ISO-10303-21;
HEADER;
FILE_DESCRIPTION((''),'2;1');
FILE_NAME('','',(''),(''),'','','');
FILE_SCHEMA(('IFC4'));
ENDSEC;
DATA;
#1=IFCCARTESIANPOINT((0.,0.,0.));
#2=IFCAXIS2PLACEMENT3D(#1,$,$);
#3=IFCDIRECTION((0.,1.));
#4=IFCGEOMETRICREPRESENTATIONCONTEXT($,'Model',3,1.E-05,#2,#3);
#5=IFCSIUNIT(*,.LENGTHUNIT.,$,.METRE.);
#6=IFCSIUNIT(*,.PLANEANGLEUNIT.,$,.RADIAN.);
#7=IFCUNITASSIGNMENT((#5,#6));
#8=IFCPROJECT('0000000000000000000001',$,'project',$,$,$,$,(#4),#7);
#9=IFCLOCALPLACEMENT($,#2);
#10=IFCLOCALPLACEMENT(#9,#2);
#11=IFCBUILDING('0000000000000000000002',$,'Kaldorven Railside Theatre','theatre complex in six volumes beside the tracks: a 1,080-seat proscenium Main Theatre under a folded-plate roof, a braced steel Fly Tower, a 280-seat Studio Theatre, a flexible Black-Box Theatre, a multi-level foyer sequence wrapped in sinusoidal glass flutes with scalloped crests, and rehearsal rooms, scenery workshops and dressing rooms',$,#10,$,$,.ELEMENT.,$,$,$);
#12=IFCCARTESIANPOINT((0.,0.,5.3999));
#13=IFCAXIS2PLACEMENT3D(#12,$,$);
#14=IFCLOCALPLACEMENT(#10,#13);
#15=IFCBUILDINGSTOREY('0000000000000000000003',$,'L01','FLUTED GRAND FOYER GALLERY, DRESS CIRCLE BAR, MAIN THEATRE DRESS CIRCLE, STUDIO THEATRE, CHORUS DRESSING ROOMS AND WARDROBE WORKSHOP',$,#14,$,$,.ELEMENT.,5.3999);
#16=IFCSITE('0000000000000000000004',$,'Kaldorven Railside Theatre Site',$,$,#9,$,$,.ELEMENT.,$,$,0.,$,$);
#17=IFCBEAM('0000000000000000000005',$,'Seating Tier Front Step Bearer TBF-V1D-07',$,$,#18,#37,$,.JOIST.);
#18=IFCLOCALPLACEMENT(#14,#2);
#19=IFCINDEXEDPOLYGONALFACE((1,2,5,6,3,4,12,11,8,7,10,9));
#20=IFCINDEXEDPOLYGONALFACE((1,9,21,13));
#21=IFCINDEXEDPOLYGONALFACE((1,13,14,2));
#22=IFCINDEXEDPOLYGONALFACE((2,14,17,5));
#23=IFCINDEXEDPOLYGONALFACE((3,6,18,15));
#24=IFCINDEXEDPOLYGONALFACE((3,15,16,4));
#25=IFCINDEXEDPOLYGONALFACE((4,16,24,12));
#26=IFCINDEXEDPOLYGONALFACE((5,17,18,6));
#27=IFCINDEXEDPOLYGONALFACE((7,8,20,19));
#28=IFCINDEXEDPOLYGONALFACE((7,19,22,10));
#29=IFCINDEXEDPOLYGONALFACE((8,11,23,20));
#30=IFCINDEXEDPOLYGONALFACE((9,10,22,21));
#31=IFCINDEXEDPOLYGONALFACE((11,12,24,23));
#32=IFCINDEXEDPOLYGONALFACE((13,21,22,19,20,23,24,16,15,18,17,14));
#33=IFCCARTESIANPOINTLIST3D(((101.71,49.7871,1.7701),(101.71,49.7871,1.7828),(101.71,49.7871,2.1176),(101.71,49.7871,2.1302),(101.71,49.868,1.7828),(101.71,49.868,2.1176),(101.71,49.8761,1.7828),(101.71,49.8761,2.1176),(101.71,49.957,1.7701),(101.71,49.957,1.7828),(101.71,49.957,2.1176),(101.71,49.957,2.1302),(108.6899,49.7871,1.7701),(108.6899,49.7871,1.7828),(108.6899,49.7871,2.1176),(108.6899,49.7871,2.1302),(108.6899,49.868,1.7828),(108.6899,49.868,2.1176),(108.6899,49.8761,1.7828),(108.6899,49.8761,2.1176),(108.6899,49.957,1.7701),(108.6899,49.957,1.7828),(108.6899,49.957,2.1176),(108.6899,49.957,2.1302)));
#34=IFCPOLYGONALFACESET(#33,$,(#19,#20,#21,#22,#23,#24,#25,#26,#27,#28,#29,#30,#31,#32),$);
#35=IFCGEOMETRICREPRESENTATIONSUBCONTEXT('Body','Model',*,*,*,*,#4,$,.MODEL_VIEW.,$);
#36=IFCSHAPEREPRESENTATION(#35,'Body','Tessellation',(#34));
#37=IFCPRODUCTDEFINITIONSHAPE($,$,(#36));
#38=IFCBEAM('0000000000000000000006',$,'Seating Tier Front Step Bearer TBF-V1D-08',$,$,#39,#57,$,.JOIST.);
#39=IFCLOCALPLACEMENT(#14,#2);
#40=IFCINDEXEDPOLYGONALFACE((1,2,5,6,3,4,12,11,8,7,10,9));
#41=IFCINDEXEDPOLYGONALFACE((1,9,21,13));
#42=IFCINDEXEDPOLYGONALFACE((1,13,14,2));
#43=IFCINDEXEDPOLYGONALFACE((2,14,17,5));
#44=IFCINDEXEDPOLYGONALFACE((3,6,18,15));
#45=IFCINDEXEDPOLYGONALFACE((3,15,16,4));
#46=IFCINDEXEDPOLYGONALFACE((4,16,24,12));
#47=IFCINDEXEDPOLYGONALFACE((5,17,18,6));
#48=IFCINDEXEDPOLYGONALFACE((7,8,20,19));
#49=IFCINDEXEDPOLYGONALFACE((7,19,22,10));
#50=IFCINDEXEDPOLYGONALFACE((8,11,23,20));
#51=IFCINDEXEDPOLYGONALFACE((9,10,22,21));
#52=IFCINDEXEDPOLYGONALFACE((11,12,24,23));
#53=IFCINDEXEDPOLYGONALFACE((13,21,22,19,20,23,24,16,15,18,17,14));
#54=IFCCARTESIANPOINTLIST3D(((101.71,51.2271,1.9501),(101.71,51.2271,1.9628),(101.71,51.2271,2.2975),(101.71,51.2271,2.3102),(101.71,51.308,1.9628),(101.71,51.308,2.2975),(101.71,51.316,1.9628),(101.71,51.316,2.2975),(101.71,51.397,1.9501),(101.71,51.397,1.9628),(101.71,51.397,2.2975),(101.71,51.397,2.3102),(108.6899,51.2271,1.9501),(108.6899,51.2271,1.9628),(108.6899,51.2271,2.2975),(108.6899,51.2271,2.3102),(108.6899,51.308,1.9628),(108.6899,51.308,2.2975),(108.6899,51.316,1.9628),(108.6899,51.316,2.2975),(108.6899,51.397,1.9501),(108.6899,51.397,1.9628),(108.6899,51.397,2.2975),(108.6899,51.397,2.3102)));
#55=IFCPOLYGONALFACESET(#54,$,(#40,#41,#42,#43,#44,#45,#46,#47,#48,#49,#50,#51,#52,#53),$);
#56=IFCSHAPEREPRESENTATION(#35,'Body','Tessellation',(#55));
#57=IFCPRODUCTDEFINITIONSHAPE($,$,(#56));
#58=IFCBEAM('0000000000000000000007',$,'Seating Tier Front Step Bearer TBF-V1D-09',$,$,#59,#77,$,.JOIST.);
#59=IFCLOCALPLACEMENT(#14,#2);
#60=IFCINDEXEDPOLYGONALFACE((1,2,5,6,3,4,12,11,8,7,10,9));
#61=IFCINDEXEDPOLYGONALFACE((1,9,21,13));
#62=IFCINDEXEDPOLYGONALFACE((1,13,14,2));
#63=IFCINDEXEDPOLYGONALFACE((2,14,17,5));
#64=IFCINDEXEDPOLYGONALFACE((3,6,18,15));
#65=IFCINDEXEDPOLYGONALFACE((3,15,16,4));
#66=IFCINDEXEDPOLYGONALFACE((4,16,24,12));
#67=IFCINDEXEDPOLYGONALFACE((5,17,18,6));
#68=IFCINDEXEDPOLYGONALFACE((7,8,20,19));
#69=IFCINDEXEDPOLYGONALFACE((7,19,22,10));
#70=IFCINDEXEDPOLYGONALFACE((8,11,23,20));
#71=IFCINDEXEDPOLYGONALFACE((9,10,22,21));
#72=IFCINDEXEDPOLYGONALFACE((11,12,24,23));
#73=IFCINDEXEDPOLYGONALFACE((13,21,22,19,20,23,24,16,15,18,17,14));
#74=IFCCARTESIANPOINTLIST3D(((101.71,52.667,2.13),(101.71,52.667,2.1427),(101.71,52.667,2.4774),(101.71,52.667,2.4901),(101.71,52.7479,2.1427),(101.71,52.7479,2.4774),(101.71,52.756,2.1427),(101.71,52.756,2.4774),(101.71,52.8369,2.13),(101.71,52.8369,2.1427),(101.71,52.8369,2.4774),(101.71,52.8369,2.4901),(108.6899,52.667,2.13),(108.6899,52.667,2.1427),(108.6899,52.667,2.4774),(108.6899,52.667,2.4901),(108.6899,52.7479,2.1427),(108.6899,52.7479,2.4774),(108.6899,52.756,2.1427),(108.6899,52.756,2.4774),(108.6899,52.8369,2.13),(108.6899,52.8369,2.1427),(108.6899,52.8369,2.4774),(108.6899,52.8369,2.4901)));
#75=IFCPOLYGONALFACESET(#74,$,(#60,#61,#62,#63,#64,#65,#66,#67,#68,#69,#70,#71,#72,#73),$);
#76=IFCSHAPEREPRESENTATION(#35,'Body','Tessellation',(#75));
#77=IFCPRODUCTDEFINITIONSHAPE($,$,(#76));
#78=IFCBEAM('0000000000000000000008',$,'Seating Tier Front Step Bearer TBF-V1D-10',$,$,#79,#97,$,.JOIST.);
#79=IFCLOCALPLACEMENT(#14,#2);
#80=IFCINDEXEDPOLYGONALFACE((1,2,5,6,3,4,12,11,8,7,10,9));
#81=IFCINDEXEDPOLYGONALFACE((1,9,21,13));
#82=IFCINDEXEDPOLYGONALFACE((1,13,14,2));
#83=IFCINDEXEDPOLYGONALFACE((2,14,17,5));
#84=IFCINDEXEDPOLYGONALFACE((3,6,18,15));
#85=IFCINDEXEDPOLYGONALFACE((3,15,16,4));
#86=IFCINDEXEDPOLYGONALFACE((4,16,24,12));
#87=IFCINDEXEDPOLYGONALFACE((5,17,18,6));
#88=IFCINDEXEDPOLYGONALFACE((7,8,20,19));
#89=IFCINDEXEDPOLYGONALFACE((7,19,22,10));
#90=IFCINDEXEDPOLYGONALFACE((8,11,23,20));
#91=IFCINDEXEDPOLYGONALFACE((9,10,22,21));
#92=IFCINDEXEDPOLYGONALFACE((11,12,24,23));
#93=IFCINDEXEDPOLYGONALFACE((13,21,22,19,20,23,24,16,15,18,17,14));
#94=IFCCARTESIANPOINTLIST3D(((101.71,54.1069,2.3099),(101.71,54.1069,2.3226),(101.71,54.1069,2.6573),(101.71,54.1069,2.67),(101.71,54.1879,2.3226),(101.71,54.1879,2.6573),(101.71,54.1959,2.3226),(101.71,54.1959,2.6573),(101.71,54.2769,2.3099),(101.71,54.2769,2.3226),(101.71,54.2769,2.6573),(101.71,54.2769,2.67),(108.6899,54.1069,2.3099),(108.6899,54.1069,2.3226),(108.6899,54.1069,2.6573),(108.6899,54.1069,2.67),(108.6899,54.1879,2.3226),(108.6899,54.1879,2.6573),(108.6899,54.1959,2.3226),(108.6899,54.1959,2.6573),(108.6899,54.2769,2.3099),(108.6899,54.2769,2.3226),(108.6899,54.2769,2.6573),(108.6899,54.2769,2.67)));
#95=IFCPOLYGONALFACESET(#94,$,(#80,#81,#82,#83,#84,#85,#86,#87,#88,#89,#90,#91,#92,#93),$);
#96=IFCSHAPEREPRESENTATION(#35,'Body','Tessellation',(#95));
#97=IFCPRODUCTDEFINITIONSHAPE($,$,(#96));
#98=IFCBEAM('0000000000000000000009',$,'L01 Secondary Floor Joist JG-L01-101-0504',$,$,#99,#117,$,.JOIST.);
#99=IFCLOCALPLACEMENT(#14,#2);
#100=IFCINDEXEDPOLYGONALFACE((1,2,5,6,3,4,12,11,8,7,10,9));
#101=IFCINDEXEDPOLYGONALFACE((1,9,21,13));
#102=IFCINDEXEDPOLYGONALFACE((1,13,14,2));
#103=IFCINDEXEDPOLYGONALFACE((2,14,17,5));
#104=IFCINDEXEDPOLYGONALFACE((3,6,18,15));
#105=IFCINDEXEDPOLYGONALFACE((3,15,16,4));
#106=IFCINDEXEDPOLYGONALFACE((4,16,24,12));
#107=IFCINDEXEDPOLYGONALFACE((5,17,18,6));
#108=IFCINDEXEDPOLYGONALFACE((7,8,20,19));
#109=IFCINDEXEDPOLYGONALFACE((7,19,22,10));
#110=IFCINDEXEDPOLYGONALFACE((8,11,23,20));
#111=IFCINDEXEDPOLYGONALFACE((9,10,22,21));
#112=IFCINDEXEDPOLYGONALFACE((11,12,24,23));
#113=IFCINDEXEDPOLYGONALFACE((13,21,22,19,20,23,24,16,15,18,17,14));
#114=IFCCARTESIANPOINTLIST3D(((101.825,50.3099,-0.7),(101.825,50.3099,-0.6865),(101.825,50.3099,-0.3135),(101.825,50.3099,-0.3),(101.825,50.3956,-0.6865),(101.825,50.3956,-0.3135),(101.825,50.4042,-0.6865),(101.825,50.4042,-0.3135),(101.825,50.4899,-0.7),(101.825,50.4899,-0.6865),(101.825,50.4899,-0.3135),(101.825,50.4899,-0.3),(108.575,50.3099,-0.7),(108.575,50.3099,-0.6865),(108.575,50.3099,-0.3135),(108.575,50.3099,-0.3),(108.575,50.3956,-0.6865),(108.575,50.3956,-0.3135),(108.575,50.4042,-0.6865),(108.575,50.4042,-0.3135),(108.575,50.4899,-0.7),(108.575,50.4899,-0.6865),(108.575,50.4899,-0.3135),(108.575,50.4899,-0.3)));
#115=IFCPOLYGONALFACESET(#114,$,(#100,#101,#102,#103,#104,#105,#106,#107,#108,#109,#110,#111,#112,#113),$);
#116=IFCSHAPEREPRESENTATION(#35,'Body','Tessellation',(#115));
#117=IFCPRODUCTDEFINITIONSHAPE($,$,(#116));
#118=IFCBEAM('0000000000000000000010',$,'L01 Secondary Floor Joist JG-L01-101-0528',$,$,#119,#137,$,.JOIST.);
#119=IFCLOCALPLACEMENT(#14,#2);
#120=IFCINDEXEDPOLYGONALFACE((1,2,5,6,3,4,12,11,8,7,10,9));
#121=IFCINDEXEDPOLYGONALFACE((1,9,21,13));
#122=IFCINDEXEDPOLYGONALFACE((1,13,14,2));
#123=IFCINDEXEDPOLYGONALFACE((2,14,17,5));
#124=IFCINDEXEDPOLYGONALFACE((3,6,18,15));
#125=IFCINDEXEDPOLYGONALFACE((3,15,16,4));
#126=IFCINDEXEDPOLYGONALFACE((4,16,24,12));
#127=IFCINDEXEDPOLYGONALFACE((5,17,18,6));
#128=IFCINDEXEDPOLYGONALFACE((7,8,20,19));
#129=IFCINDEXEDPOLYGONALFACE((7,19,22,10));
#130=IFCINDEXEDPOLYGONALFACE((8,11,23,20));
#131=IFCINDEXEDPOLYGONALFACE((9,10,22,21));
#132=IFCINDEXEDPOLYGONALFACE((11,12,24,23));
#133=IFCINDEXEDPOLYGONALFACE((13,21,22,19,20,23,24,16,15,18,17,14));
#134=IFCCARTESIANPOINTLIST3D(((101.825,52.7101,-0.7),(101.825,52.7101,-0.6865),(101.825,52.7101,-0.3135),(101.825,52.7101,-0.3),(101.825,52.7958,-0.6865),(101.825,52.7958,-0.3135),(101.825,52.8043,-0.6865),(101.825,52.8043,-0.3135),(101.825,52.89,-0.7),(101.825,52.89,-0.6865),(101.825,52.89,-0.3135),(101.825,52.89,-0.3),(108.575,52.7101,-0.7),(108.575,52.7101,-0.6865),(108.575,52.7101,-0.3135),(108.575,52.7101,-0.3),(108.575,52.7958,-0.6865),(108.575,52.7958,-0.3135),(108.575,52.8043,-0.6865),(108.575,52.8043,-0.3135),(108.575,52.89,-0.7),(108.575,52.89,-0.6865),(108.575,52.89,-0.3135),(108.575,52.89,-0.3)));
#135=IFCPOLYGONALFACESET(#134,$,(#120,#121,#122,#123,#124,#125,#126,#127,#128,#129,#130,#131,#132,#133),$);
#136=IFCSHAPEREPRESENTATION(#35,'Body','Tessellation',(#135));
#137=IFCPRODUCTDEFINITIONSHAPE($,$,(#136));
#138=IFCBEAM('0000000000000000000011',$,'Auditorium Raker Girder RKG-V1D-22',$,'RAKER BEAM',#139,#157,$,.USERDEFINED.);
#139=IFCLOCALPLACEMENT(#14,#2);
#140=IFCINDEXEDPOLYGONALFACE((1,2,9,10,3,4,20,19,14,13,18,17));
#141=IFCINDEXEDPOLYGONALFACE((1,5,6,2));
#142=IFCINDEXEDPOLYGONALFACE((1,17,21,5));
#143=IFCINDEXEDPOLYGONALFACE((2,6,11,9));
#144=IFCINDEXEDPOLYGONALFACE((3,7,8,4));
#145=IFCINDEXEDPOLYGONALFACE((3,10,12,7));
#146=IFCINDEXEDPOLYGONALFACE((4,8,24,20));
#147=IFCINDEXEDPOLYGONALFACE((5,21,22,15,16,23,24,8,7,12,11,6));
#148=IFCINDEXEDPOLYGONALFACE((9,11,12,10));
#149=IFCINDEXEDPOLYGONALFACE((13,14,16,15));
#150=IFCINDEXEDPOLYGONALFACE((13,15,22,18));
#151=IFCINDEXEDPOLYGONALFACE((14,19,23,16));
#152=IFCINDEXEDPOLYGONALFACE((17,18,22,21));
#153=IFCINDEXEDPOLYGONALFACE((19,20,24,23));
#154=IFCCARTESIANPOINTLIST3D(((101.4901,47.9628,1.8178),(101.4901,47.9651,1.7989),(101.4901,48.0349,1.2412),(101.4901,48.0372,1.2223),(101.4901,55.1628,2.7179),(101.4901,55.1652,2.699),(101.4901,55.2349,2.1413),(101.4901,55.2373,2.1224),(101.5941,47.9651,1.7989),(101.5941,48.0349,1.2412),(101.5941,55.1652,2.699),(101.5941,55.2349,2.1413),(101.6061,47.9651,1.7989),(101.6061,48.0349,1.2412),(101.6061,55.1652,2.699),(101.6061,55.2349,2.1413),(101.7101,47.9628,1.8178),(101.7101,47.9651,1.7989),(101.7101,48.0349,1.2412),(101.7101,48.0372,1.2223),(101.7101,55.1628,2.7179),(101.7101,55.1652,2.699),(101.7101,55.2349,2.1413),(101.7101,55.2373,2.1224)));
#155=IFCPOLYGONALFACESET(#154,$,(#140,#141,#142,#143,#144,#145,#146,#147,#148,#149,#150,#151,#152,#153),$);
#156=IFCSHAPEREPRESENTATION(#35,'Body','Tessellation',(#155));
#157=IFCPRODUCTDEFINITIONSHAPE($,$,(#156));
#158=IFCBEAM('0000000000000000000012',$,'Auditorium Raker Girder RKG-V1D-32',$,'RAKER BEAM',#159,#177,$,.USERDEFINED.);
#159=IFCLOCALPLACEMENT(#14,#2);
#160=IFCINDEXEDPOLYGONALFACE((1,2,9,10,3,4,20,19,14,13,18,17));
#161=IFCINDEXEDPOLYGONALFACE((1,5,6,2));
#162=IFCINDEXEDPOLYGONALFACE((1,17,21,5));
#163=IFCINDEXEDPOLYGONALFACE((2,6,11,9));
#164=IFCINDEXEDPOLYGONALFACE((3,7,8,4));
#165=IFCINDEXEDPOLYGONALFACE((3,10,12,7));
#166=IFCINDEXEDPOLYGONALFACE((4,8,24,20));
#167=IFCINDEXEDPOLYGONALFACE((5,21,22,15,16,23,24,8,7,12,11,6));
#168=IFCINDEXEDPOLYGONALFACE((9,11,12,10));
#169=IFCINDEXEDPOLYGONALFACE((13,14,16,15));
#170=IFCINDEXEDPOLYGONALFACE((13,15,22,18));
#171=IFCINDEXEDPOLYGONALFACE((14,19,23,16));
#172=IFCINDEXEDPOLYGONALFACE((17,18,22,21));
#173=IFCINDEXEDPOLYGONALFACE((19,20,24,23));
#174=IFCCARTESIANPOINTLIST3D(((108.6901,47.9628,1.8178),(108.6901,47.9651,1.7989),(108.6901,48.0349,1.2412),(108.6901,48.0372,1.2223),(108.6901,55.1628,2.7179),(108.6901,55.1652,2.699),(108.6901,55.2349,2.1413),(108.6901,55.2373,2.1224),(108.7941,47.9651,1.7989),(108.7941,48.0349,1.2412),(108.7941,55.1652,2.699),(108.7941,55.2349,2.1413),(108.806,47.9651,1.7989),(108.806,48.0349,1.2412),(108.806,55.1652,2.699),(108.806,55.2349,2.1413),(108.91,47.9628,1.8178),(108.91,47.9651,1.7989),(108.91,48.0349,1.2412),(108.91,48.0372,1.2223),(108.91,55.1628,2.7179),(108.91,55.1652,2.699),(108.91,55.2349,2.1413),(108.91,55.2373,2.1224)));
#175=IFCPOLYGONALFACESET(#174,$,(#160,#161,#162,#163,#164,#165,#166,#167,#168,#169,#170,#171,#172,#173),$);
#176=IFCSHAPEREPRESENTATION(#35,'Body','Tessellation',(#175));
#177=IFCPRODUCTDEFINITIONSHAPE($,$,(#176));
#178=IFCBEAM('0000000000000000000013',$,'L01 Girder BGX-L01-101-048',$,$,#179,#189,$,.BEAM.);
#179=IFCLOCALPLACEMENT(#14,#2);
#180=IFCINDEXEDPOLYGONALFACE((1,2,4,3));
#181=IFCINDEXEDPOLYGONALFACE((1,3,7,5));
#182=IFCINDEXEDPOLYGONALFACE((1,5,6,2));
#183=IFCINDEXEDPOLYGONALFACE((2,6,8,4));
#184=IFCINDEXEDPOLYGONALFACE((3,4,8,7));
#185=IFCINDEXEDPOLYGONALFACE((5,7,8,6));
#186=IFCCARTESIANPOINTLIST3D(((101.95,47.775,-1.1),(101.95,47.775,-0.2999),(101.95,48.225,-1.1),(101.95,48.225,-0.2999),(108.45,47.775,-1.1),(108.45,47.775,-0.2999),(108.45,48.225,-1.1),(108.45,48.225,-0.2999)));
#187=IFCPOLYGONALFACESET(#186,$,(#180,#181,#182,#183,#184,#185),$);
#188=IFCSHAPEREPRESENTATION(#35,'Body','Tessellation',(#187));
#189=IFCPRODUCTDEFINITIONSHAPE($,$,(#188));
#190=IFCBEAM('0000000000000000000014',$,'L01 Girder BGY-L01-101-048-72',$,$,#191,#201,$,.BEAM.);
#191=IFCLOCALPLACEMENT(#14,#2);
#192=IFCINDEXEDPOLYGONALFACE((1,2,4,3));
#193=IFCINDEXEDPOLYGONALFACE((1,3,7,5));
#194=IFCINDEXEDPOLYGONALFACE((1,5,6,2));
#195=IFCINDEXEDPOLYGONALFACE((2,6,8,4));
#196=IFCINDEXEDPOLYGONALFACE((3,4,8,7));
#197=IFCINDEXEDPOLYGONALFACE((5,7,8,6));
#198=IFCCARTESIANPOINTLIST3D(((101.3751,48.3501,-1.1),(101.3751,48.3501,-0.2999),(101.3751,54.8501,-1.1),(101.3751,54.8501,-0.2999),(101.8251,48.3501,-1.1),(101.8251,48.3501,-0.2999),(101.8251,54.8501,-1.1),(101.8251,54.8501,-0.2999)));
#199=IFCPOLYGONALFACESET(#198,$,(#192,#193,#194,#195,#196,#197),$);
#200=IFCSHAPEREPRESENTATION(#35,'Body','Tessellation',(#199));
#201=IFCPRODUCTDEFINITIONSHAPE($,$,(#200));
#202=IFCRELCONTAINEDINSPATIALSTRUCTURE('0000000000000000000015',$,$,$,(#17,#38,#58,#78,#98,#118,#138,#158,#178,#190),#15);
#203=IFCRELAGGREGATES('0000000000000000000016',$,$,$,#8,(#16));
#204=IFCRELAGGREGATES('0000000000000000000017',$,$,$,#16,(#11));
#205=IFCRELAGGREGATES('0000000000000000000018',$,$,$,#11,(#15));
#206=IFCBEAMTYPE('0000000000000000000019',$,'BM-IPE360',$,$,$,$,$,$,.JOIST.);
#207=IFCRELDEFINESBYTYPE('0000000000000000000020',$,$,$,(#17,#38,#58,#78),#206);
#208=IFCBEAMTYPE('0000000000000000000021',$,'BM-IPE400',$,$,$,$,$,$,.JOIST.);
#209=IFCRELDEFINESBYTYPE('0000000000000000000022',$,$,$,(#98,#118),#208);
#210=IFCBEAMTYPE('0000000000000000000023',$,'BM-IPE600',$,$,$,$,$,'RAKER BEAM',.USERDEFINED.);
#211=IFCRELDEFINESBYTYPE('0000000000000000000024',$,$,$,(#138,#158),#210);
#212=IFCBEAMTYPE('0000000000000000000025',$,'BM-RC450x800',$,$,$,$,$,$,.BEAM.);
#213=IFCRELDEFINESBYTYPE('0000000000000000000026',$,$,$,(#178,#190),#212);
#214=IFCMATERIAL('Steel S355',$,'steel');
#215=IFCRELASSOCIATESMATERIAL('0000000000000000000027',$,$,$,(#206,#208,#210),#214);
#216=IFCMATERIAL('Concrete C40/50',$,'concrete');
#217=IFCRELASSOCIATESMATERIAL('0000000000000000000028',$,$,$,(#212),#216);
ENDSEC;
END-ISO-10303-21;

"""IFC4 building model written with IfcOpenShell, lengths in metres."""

from ifc_helpers import new_model, si_unit, direction, frame, origin, origin_2d, place, context, subcontext, project, spatial, rectangle, i_section, extrude, material, material_profile, profile_set, type_object, element, save


model = new_model("IFC4")

# Units and contexts
model_context = context("Model", 3, precision=1e-05, world=origin(), true_north=direction((0.0, 1.0)))
body_context = subcontext(model_context, "Body", "Model", "MODEL_VIEW")
ifc_project = project(units=[si_unit("LENGTHUNIT", "METRE"), si_unit("PLANEANGLEUNIT", "RADIAN")], contexts=[model_context])

# Site, building, storey
site_placement = place(None, origin())
site = spatial("IfcSite", under=ifc_project, at=site_placement, Name="Kaldorven Railside Theatre Site", CompositionType="ELEMENT", RefElevation=0.0)
building_placement = place(site_placement, origin())
building = spatial("IfcBuilding", under=site, at=building_placement, Name="Kaldorven Railside Theatre", Description="theatre complex in six volumes beside the tracks: a 1,080-seat proscenium Main Theatre under a folded-plate roof, a braced steel Fly Tower, a 280-seat Studio Theatre, a flexible Black-Box Theatre, a multi-level foyer sequence wrapped in sinusoidal glass flutes with scalloped crests, and rehearsal rooms, scenery workshops and dressing rooms", CompositionType="ELEMENT")
storey_placement = place(building_placement, frame((0.0, 0.0, 5.3999)))
storey = spatial("IfcBuildingStorey", under=building, at=storey_placement, Name="L01", Description="FLUTED GRAND FOYER GALLERY, DRESS CIRCLE BAR, MAIN THEATRE DRESS CIRCLE, STUDIO THEATRE, CHORUS DRESSING ROOMS AND WARDROBE WORKSHOP", CompositionType="ELEMENT", Elevation=5.3999)

# Shared definitions
ifc_material_1 = material(Name="Concrete C40/50", Category="concrete")

# Beams
ifc_material_2 = material(Name="Steel S355", Category="steel")
ifc_material_profile_1 = material_profile(ifc_material_2, i_section(OverallWidth=0.1699, OverallDepth=0.3601, WebThickness=0.0081, FlangeThickness=0.0127, at=origin_2d()), Name="IPE 360")
ifc_profile_set_1 = profile_set([ifc_material_profile_1], Name="Steel S355")
beam_type_1 = type_object("IfcBeamType", Name="BM-IPE360", PredefinedType="JOIST", material=ifc_profile_set_1)
for number, where, z_axis, x_axis, name in (
    (1, (101.71, 49.8721, 1.9502), (1.0, 0.0, 0.0), (0.0, 1.0, 0.0), "Seating Tier Front Step Bearer TBF-V1D-07"),
    (2, (101.71, 51.312, 2.1301), (1.0, 0.0, 0.0), (0.0, 1.0, 0.0), "Seating Tier Front Step Bearer TBF-V1D-08"),
    (3, (101.71, 52.752, 2.3101), (1.0, 0.0, 0.0), (0.0, 1.0, 0.0), "Seating Tier Front Step Bearer TBF-V1D-09"),
    (4, (101.71, 54.1919, 2.49), (1.0, 0.0, 0.0), (0.0, 1.0, 0.0), "Seating Tier Front Step Bearer TBF-V1D-10"),
):
    element("IfcBeam", number, at=place(storey_placement, frame(where, z_axis=z_axis, x_axis=x_axis)), inside=storey, type_object=beam_type_1, Name=name, PredefinedType="JOIST", context=body_context, shape_type="SweptSolid", body=[
        extrude(i_section(OverallWidth=0.1699, OverallDepth=0.3601, WebThickness=0.0081, FlangeThickness=0.0127, at=origin_2d()), origin(), (0.0, 0.0, 1.0), 6.98),
    ])
ifc_material_profile_2 = material_profile(ifc_material_2, i_section(OverallWidth=0.1799, OverallDepth=0.3999, WebThickness=0.0085, FlangeThickness=0.0134, at=origin_2d()), Name="IPE 400")
ifc_profile_set_2 = profile_set([ifc_material_profile_2], Name="Steel S355")
beam_type_2 = type_object("IfcBeamType", Name="BM-IPE400", PredefinedType="JOIST", material=ifc_profile_set_2)
for number, where, z_axis, x_axis, name in (
    (5, (101.825, 50.3999, -0.5), (1.0, 0.0, 0.0), (0.0, 1.0, 0.0), "L01 Secondary Floor Joist JG-L01-101-0504"),
    (6, (101.825, 52.8, -0.5), (1.0, 0.0, 0.0), (0.0, 1.0, 0.0), "L01 Secondary Floor Joist JG-L01-101-0528"),
):
    element("IfcBeam", number, at=place(storey_placement, frame(where, z_axis=z_axis, x_axis=x_axis)), inside=storey, type_object=beam_type_2, Name=name, PredefinedType="JOIST", context=body_context, shape_type="SweptSolid", body=[
        extrude(i_section(OverallWidth=0.1799, OverallDepth=0.3999, WebThickness=0.0085, FlangeThickness=0.0134, at=origin_2d()), origin(), (0.0, 0.0, 1.0), 6.75),
    ])
ifc_material_profile_3 = material_profile(ifc_material_2, i_section(OverallWidth=0.22, OverallDepth=0.6001, WebThickness=0.012, FlangeThickness=0.019, at=origin_2d()), Name="IPE 600")
ifc_profile_set_3 = profile_set([ifc_material_profile_3], Name="Steel S355")
beam_type_3 = type_object("IfcBeamType", Name="BM-IPE600", ElementType="RAKER BEAM", PredefinedType="USERDEFINED", material=ifc_profile_set_3)
for number, where, z_axis, x_axis, name in (
    (7, (101.6001, 48.0, 1.52), (0.0, 0.992275, 0.124055), (-1.0, 0.0, 0.0), "Auditorium Raker Girder RKG-V1D-22"),
    (8, (108.8, 48.0, 1.52), (0.0, 0.992275, 0.124055), (-1.0, 0.0, 0.0), "Auditorium Raker Girder RKG-V1D-32"),
):
    element("IfcBeam", number, at=place(storey_placement, frame(where, z_axis=z_axis, x_axis=x_axis)), inside=storey, type_object=beam_type_3, Name=name, ObjectType="RAKER BEAM", PredefinedType="USERDEFINED", context=body_context, shape_type="SweptSolid", body=[
        extrude(i_section(OverallWidth=0.22, OverallDepth=0.6001, WebThickness=0.012, FlangeThickness=0.019, at=origin_2d()), origin(), (0.0, 0.0, 1.0), 7.2561),
    ])
ifc_material_profile_4 = material_profile(ifc_material_1, rectangle(XDim=0.45, YDim=0.8, at=origin_2d()), Name="RC 450x800")
ifc_profile_set_4 = profile_set([ifc_material_profile_4], Name="Concrete C40/50")
beam_type_4 = type_object("IfcBeamType", Name="BM-RC450x800", PredefinedType="BEAM", material=ifc_profile_set_4)
for number, where, z_axis, x_axis, name in (
    (9, (101.95, 48.0, -0.7), (1.0, 0.0, 0.0), (0.0, 1.0, 0.0), "L01 Girder BGX-L01-101-048"),
    (10, (101.6001, 48.3501, -0.7), (0.0, 1.0, 0.0), (-1.0, 0.0, 0.0), "L01 Girder BGY-L01-101-048-72"),
):
    element("IfcBeam", number, at=place(storey_placement, frame(where, z_axis=z_axis, x_axis=x_axis)), inside=storey, type_object=beam_type_4, Name=name, PredefinedType="BEAM", context=body_context, shape_type="SweptSolid", body=[
        extrude(rectangle(XDim=0.45, YDim=0.8, at=origin_2d()), origin(), (0.0, 0.0, 1.0), 6.5),
    ])

save(model, "model.ifc")
